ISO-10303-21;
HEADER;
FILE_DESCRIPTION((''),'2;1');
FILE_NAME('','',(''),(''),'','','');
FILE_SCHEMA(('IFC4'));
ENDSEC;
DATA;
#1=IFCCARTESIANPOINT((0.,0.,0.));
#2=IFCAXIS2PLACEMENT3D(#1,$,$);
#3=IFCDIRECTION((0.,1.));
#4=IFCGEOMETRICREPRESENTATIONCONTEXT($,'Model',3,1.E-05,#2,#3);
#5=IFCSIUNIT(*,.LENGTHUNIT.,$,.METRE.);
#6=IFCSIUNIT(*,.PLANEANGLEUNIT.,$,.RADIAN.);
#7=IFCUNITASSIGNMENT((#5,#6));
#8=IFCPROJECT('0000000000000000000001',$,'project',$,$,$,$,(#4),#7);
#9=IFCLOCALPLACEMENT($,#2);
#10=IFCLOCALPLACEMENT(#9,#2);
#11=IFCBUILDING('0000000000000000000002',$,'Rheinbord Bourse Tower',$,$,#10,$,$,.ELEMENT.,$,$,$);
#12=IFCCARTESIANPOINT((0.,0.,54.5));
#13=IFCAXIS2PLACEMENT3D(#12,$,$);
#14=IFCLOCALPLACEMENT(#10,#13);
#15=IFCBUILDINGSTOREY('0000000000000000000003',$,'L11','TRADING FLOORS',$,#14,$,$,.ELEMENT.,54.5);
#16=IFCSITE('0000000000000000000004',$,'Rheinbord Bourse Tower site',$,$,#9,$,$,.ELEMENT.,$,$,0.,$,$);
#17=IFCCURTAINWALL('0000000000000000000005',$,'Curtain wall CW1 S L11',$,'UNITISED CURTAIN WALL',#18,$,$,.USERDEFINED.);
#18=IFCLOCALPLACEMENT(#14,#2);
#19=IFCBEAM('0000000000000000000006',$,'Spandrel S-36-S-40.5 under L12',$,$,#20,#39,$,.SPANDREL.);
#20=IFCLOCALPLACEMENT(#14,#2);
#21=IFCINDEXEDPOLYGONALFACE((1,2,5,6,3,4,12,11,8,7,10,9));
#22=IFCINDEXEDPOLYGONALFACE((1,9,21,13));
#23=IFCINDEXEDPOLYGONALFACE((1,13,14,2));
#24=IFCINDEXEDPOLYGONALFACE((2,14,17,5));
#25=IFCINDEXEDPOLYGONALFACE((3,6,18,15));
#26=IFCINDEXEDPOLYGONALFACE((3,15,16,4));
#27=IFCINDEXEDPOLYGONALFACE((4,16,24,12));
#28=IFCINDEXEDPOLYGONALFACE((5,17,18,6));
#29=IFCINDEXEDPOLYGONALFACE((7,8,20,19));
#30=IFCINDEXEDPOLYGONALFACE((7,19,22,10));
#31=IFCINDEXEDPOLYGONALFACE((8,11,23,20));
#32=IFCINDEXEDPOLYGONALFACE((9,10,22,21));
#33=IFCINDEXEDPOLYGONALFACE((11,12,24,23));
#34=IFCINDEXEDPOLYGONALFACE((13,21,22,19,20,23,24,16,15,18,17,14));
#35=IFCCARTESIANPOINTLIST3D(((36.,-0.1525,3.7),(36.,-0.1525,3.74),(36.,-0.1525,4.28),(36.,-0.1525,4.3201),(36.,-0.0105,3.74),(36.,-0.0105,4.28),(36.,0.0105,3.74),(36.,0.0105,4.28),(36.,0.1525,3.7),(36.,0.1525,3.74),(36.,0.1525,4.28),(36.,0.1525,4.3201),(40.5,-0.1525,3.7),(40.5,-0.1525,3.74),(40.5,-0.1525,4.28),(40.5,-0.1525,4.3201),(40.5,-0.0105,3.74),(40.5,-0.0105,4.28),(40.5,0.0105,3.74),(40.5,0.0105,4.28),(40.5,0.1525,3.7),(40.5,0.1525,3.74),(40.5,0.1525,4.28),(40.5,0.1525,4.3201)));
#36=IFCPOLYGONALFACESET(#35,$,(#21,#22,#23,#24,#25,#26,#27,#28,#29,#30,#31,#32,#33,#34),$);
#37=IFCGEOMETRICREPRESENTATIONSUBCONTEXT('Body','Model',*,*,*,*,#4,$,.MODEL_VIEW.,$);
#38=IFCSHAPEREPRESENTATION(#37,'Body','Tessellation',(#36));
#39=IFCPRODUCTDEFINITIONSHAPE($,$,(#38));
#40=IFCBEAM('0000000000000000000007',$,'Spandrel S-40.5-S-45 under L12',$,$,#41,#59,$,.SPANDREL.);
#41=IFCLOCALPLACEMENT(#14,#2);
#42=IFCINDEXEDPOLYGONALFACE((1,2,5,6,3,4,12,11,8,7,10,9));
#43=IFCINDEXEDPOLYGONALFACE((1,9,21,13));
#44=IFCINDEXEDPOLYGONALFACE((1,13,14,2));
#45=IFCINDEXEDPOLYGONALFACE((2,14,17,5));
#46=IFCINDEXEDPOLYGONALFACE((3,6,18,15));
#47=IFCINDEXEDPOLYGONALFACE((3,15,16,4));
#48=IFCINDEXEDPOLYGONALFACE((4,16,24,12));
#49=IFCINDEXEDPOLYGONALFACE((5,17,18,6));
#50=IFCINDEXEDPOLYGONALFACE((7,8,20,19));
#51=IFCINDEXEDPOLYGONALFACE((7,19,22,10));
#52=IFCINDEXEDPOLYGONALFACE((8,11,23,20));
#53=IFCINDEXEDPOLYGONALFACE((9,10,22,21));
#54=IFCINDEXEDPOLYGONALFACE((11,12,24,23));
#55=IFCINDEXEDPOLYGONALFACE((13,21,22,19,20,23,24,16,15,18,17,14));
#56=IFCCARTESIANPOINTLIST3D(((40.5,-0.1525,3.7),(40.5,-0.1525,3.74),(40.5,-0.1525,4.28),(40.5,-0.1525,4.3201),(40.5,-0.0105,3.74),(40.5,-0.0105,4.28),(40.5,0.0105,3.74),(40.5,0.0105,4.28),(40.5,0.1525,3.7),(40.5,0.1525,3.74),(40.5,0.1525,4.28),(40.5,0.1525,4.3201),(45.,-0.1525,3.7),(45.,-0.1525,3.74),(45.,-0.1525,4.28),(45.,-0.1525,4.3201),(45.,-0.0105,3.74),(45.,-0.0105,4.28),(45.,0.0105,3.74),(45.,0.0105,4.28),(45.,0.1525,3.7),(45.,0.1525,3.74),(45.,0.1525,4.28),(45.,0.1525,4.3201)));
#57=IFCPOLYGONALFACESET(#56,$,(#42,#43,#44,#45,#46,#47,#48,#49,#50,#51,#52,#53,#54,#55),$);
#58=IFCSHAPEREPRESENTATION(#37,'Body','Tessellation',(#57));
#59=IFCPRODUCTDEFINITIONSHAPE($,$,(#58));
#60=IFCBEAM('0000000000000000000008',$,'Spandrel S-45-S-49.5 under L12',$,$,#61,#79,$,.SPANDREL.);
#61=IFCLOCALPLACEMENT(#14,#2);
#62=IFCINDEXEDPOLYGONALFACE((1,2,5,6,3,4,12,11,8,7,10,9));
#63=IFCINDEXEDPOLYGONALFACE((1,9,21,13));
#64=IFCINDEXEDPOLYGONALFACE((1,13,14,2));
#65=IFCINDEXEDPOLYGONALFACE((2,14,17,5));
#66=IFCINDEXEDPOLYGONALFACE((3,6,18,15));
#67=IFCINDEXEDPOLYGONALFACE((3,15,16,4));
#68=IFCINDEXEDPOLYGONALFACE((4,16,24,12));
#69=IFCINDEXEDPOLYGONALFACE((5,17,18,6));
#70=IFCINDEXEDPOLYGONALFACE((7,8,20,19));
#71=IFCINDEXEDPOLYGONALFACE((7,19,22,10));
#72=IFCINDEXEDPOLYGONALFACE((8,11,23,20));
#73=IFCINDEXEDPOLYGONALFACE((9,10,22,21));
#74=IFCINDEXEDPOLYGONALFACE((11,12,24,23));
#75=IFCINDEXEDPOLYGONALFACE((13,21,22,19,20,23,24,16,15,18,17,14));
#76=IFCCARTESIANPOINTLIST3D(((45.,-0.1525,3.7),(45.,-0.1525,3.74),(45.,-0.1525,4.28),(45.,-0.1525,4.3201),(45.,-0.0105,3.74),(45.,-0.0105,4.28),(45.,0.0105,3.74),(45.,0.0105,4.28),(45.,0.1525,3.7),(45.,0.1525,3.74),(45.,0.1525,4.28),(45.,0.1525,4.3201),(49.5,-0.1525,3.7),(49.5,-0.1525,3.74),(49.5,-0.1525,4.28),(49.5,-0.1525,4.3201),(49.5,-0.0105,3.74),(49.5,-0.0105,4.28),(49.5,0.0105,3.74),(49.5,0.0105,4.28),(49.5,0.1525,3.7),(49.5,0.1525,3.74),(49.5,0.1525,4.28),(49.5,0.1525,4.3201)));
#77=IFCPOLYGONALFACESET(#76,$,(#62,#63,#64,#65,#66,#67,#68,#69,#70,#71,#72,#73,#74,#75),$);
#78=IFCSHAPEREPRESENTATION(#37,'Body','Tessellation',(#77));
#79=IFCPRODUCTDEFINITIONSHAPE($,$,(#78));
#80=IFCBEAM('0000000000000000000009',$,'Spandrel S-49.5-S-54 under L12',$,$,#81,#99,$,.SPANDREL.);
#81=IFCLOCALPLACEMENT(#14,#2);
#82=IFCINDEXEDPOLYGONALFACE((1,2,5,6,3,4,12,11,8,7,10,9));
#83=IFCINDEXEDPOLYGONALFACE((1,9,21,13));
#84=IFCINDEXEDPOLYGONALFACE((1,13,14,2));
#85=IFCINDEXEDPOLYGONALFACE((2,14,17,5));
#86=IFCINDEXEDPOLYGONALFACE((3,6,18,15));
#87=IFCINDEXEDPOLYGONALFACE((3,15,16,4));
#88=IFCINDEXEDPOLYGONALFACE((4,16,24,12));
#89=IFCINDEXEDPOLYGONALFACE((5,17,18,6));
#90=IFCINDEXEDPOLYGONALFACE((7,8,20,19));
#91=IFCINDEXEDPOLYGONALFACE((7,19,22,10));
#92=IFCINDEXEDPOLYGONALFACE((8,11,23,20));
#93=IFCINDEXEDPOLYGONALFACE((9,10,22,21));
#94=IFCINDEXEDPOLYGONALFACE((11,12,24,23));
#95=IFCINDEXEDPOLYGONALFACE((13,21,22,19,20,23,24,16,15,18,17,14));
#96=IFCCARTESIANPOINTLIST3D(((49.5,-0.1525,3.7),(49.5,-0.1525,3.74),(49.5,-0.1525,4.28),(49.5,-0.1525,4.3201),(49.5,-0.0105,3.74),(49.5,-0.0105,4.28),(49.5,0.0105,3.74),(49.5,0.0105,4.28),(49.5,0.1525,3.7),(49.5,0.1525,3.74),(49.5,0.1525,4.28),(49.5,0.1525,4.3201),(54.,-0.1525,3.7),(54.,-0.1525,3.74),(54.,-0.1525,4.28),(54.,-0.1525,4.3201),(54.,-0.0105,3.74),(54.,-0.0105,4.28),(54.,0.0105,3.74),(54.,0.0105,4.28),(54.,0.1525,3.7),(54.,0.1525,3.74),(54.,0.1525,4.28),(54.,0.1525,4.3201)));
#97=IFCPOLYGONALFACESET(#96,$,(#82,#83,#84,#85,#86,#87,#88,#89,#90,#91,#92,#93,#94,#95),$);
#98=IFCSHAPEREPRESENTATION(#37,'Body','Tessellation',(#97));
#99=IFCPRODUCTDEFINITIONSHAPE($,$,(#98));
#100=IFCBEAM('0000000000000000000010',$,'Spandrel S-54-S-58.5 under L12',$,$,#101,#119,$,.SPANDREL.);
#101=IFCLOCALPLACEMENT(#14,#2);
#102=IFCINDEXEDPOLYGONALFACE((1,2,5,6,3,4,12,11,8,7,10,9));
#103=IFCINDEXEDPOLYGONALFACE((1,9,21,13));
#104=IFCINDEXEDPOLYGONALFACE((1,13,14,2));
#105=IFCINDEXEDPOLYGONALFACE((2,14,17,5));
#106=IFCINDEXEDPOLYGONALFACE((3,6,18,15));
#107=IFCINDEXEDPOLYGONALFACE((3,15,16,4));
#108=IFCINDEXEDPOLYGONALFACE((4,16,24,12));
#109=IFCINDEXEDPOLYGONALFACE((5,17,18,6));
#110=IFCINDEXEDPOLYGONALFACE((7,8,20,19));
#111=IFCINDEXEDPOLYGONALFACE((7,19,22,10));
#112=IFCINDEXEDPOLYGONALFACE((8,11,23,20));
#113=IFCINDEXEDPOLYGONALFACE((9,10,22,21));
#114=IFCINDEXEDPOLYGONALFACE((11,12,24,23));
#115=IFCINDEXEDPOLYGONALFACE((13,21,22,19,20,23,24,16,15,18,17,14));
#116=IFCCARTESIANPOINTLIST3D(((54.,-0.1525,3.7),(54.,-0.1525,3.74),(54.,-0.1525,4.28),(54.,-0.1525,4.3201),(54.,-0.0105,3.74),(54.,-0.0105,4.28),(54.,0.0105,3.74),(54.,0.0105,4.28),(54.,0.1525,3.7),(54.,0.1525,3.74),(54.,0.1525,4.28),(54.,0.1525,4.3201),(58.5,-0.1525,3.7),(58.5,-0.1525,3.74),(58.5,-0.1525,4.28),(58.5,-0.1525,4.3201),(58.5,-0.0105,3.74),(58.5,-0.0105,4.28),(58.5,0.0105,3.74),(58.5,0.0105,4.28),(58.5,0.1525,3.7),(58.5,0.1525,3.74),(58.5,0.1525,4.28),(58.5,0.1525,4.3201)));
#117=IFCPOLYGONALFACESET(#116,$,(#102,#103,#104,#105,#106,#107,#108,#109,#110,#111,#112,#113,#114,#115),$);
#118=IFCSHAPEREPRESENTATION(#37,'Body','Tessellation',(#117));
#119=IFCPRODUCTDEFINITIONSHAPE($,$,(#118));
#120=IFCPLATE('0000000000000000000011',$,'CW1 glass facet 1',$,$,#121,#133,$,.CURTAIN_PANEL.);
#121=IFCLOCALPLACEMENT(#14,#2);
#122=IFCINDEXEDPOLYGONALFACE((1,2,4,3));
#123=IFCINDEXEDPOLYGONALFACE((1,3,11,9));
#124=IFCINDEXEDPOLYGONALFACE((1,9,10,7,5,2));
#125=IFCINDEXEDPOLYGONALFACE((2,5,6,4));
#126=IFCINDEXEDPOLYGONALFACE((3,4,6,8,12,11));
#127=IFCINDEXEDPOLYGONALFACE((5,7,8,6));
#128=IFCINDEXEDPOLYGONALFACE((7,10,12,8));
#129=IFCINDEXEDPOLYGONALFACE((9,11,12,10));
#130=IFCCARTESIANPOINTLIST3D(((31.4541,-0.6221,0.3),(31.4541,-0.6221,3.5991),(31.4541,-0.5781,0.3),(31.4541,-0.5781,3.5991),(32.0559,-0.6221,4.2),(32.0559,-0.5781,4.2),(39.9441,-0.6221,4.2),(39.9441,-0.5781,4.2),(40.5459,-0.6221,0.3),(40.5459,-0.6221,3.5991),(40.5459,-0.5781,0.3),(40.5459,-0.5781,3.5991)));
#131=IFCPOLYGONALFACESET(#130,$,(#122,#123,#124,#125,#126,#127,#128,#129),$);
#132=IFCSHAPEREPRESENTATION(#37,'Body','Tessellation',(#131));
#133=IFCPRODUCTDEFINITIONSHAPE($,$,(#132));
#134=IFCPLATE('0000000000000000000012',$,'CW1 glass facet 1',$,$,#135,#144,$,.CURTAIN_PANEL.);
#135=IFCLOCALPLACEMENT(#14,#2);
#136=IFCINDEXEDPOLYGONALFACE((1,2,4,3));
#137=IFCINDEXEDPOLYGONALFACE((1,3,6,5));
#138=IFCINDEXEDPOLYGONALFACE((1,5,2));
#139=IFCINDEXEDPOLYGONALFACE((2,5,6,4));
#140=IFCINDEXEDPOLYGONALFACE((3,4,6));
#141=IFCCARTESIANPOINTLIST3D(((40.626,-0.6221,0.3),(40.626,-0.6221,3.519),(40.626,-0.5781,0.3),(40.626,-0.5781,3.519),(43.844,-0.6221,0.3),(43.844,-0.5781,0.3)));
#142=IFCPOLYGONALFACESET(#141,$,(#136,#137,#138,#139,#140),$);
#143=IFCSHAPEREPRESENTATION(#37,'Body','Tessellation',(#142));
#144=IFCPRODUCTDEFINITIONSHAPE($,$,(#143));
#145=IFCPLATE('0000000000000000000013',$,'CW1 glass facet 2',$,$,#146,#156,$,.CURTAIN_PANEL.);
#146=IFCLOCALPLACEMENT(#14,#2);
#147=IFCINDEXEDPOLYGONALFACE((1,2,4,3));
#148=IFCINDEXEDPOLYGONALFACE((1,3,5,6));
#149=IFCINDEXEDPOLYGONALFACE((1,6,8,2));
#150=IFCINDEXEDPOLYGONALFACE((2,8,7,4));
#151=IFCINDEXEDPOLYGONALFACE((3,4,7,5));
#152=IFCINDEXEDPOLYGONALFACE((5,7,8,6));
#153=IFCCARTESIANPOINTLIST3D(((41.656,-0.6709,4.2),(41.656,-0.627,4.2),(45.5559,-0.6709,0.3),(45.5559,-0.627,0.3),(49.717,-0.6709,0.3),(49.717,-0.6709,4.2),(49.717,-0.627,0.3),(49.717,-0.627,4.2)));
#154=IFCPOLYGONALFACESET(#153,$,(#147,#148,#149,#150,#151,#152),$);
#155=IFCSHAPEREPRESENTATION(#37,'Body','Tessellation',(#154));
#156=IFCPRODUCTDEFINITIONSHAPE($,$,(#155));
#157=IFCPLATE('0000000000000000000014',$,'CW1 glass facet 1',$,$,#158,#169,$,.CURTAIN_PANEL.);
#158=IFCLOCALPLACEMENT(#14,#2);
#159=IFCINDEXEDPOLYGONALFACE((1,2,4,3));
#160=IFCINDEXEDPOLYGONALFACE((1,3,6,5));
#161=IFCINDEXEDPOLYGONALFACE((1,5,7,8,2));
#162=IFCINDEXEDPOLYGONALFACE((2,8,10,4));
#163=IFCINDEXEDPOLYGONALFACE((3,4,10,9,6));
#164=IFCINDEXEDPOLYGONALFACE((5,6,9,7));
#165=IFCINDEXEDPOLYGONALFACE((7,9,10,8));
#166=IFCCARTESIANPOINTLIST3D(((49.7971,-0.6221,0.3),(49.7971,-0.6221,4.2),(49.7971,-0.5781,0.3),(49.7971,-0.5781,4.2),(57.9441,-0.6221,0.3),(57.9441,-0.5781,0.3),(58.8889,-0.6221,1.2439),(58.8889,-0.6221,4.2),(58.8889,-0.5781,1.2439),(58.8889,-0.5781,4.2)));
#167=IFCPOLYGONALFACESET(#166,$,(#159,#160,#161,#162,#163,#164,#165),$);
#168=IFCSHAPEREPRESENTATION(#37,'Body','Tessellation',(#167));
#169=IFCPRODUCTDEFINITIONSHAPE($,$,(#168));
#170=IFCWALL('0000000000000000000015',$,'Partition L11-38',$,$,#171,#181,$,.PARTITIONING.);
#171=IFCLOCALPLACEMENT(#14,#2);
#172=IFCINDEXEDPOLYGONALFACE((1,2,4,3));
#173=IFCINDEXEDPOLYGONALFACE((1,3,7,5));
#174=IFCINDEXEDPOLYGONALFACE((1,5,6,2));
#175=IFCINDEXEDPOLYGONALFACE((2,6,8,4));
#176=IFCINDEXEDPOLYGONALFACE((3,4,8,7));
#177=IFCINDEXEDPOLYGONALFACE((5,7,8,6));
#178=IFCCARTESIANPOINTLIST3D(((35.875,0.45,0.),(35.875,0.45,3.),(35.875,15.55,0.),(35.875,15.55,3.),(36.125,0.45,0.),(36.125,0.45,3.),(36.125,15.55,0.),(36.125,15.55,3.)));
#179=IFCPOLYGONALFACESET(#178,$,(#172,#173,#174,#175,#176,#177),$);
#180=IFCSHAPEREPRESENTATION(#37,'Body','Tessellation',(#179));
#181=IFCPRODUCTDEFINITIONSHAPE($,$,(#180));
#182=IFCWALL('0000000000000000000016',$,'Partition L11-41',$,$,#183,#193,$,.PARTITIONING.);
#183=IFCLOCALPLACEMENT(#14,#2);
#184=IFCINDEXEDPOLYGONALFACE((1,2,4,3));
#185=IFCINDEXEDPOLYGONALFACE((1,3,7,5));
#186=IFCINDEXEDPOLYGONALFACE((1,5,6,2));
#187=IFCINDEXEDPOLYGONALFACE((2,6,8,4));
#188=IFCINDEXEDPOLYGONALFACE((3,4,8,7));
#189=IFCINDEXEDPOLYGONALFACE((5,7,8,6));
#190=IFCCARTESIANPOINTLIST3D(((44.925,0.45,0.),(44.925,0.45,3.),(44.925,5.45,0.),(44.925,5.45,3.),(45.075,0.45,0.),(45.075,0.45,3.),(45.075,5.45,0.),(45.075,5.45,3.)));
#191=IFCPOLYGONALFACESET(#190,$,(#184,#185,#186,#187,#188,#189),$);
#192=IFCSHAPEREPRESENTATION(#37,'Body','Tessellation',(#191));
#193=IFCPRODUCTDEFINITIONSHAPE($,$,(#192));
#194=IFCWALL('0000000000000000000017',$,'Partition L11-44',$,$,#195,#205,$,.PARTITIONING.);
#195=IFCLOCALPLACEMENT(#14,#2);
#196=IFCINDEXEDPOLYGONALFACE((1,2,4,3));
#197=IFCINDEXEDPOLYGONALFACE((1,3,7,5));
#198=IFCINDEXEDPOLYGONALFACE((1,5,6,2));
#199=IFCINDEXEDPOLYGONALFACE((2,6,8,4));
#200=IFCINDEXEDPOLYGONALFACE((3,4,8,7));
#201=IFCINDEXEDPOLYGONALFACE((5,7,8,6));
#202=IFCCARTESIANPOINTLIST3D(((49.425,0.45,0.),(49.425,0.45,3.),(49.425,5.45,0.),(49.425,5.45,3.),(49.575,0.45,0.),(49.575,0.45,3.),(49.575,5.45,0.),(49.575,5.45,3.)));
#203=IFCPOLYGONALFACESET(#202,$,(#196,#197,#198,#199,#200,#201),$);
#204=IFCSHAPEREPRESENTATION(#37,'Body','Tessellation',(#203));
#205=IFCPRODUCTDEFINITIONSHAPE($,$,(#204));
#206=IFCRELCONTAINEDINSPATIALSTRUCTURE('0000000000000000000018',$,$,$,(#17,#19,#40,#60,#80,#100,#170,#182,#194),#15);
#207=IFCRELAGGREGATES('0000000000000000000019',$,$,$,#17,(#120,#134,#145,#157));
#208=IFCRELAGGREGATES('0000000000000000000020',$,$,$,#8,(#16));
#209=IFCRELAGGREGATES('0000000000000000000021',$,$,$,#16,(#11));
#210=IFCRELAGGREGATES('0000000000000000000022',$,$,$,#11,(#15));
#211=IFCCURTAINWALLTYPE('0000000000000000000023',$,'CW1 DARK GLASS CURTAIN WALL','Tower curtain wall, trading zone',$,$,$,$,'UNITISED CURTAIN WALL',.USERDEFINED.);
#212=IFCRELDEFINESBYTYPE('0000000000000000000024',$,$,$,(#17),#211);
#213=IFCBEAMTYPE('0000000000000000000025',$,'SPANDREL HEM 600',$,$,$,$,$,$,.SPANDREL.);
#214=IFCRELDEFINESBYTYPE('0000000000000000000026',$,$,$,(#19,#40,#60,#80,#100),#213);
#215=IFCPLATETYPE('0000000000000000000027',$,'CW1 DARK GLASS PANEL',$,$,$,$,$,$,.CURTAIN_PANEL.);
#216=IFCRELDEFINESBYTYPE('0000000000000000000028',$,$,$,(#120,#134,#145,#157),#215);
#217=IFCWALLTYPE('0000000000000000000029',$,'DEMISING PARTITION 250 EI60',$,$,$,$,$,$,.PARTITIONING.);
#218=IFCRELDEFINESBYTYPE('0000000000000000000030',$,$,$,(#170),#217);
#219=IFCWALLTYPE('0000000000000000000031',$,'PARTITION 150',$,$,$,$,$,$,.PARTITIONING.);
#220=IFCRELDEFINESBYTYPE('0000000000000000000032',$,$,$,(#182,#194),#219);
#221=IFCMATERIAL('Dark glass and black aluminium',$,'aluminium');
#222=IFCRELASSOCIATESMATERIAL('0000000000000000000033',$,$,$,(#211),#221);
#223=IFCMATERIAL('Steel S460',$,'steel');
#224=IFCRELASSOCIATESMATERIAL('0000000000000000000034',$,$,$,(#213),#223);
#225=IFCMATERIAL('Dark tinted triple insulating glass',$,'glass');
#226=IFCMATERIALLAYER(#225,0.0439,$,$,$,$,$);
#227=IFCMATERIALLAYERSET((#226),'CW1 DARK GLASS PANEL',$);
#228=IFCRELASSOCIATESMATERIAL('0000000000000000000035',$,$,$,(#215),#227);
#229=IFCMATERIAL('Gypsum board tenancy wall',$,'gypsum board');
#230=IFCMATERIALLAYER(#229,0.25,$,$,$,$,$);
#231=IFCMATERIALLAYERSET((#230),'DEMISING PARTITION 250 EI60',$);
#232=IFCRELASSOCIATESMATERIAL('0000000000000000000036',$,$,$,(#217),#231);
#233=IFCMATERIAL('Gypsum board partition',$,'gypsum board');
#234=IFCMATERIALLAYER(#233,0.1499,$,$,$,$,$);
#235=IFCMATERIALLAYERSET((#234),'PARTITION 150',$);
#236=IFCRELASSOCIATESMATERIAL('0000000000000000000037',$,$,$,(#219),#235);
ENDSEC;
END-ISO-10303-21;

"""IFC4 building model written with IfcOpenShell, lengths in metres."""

from ifc_helpers import new_model, si_unit, direction, frame, frame_2d, origin, origin_2d, place, context, subcontext, project, spatial, polyline, rectangle, i_section, outline, extrude, material, layer, layer_set, material_profile, profile_set, type_object, element, aggregate, save


model = new_model("IFC4")

# Units and contexts
model_context = context("Model", 3, precision=1e-05, world=origin(), true_north=direction((0.0, 1.0)))
body_context = subcontext(model_context, "Body", "Model", "MODEL_VIEW")
ifc_project = project(units=[si_unit("LENGTHUNIT", "METRE"), si_unit("PLANEANGLEUNIT", "RADIAN")], contexts=[model_context])

# Site, building, storey
site_placement = place(None, origin())
site = spatial("IfcSite", under=ifc_project, at=site_placement, Name="Rheinbord Bourse Tower site", CompositionType="ELEMENT", RefElevation=0.0)
building_placement = place(site_placement, origin())
building = spatial("IfcBuilding", under=site, at=building_placement, Name="Rheinbord Bourse Tower", CompositionType="ELEMENT")
storey_placement = place(building_placement, frame((0.0, 0.0, 54.5)))
storey = spatial("IfcBuildingStorey", under=building, at=storey_placement, Name="L11", Description="TRADING FLOORS", CompositionType="ELEMENT", Elevation=54.5)

# Curtain wall
ifc_material_1 = material(Name="Dark glass and black aluminium", Category="aluminium")
curtain_wall_type = type_object("IfcCurtainWallType", Name="CW1 DARK GLASS CURTAIN WALL", Description="Tower curtain wall, trading zone", ElementType="UNITISED CURTAIN WALL", PredefinedType="USERDEFINED", material=ifc_material_1)
curtain_wall_placement = place(storey_placement, origin())
curtain_wall = element("IfcCurtainWall", 1, at=curtain_wall_placement, inside=storey, type_object=curtain_wall_type, Name="Curtain wall CW1 S L11", ObjectType="UNITISED CURTAIN WALL", PredefinedType="USERDEFINED")

# Beams
ifc_material_2 = material(Name="Steel S460", Category="steel")
ifc_material_profile_1 = material_profile(ifc_material_2, i_section(OverallWidth=0.3049, OverallDepth=0.6201, WebThickness=0.021, FlangeThickness=0.04, at=origin_2d()), Name="HEM 600")
ifc_profile_set_1 = profile_set([ifc_material_profile_1], Name="Steel S460")
beam_type_1 = type_object("IfcBeamType", Name="SPANDREL HEM 600", PredefinedType="SPANDREL", material=ifc_profile_set_1)
for number, where, z_axis, x_axis, name in (
    (2, (36.0, 0.0, 4.01), (1.0, 0.0, 0.0), (0.0, 1.0, 0.0), "Spandrel S-36-S-40.5 under L12"),
    (3, (40.5, 0.0, 4.01), (1.0, 0.0, 0.0), (0.0, 1.0, 0.0), "Spandrel S-40.5-S-45 under L12"),
    (4, (45.0, 0.0, 4.01), (1.0, 0.0, 0.0), (0.0, 1.0, 0.0), "Spandrel S-45-S-49.5 under L12"),
    (5, (49.5, 0.0, 4.01), (1.0, 0.0, 0.0), (0.0, 1.0, 0.0), "Spandrel S-49.5-S-54 under L12"),
    (6, (54.0, 0.0, 4.01), (1.0, 0.0, 0.0), (0.0, 1.0, 0.0), "Spandrel S-54-S-58.5 under L12"),
):
    element("IfcBeam", number, at=place(storey_placement, frame(where, z_axis=z_axis, x_axis=x_axis)), inside=storey, type_object=beam_type_1, Name=name, PredefinedType="SPANDREL", context=body_context, shape_type="SweptSolid", body=[
        extrude(i_section(OverallWidth=0.3049, OverallDepth=0.6201, WebThickness=0.021, FlangeThickness=0.04, at=origin_2d()), origin(), (0.0, 0.0, 1.0), 4.5),
    ])

# Plates
ifc_material_3 = material(Name="Dark tinted triple insulating glass", Category="glass")
ifc_layer_1 = layer(ifc_material_3, 0.0439)
ifc_layer_set_1 = layer_set([ifc_layer_1], Name="CW1 DARK GLASS PANEL")
plate_type = type_object("IfcPlateType", Name="CW1 DARK GLASS PANEL", PredefinedType="CURTAIN_PANEL", material=ifc_layer_set_1)
plate_1_placement = place(storey_placement, frame((40.5459, -0.6221, 0.3), z_axis=(0.0, 1.0, 0.0), x_axis=(-1.0, 0.0, 0.0)))
plate_1 = element("IfcPlate", 7, at=plate_1_placement, type_object=plate_type, Name="CW1 glass facet 1", PredefinedType="CURTAIN_PANEL", context=body_context, shape_type="SweptSolid", body=[
    extrude(outline(polyline([(0.0, 0.0), (9.0918, 0.0), (9.0918, 3.2991), (8.49, 3.8999), (0.6018, 3.8999), (0.0, 3.2991), (0.0, 0.0)])), origin(), (0.0, 0.0, 1.0), 0.0439),
])
plate_2_placement = place(storey_placement, frame((40.626, -0.6221, 0.3), z_axis=(0.0, 1.0, 0.0), x_axis=(0.0, 0.0, 1.0)))
plate_2 = element("IfcPlate", 8, at=plate_2_placement, type_object=plate_type, Name="CW1 glass facet 1", PredefinedType="CURTAIN_PANEL", context=body_context, shape_type="SweptSolid", body=[
    extrude(outline(polyline([(0.0, 0.0), (3.219, 0.0), (0.0, 3.218), (0.0, 0.0)])), origin(), (0.0, 0.0, 1.0), 0.0439),
])
plate_3_placement = place(storey_placement, frame((49.717, -0.6709, 4.2), z_axis=(0.0, 1.0, 0.0), x_axis=(0.0, 0.0, -1.0)))
plate_3 = element("IfcPlate", 9, at=plate_3_placement, type_object=plate_type, Name="CW1 glass facet 2", PredefinedType="CURTAIN_PANEL", context=body_context, shape_type="SweptSolid", body=[
    extrude(outline(polyline([(0.0, 0.0), (3.8999, 0.0), (3.8999, 4.1611), (0.0, 8.061), (0.0, 0.0)])), origin(), (0.0, 0.0, 1.0), 0.0439),
])
plate_4_placement = place(storey_placement, frame((49.7971, -0.6221, 0.3), z_axis=(0.0, 1.0, 0.0), x_axis=(0.0, 0.0, 1.0)))
plate_4 = element("IfcPlate", 10, at=plate_4_placement, type_object=plate_type, Name="CW1 glass facet 1", PredefinedType="CURTAIN_PANEL", context=body_context, shape_type="SweptSolid", body=[
    extrude(outline(polyline([(0.0, 0.0), (3.8999, 0.0), (3.8999, 9.0918), (0.9438, 9.0918), (0.0, 8.147), (0.0, 0.0)])), origin(), (0.0, 0.0, 1.0), 0.0439),
])
aggregate(curtain_wall, [plate_1, plate_2, plate_3, plate_4])

# Walls
ifc_material_4 = material(Name="Gypsum board tenancy wall", Category="gypsum board")
ifc_layer_2 = layer(ifc_material_4, 0.25)
ifc_layer_set_2 = layer_set([ifc_layer_2], Name="DEMISING PARTITION 250 EI60")
wall_type_1 = type_object("IfcWallType", Name="DEMISING PARTITION 250 EI60", PredefinedType="PARTITIONING", material=ifc_layer_set_2)
wall_placement = place(storey_placement, frame((36.0, 0.45, 0.0), z_axis=(0.0, 0.0, 1.0), x_axis=(0.0, 1.0, 0.0)))
element("IfcWall", 11, at=wall_placement, inside=storey, type_object=wall_type_1, Name="Partition L11-38", PredefinedType="PARTITIONING", context=body_context, shape_type="SweptSolid", body=[
    extrude(rectangle(XDim=15.1001, YDim=0.25, at=frame_2d((7.55, 0.0))), origin(), (0.0, 0.0, 1.0), 3.0),
])
ifc_material_5 = material(Name="Gypsum board partition", Category="gypsum board")
ifc_layer_3 = layer(ifc_material_5, 0.1499)
ifc_layer_set_3 = layer_set([ifc_layer_3], Name="PARTITION 150")
wall_type_2 = type_object("IfcWallType", Name="PARTITION 150", PredefinedType="PARTITIONING", material=ifc_layer_set_3)
for number, where, z_axis, x_axis, name in (
    (12, (45.0, 0.45, 0.0), (0.0, 0.0, 1.0), (0.0, 1.0, 0.0), "Partition L11-41"),
    (13, (49.5, 0.45, 0.0), (0.0, 0.0, 1.0), (0.0, 1.0, 0.0), "Partition L11-44"),
):
    element("IfcWall", number, at=place(storey_placement, frame(where, z_axis=z_axis, x_axis=x_axis)), inside=storey, type_object=wall_type_2, Name=name, PredefinedType="PARTITIONING", context=body_context, shape_type="SweptSolid", body=[
        extrude(rectangle(XDim=5.0, YDim=0.1499, at=frame_2d((2.5, 0.0))), origin(), (0.0, 0.0, 1.0), 3.0),
    ])

save(model, "model.ifc")
